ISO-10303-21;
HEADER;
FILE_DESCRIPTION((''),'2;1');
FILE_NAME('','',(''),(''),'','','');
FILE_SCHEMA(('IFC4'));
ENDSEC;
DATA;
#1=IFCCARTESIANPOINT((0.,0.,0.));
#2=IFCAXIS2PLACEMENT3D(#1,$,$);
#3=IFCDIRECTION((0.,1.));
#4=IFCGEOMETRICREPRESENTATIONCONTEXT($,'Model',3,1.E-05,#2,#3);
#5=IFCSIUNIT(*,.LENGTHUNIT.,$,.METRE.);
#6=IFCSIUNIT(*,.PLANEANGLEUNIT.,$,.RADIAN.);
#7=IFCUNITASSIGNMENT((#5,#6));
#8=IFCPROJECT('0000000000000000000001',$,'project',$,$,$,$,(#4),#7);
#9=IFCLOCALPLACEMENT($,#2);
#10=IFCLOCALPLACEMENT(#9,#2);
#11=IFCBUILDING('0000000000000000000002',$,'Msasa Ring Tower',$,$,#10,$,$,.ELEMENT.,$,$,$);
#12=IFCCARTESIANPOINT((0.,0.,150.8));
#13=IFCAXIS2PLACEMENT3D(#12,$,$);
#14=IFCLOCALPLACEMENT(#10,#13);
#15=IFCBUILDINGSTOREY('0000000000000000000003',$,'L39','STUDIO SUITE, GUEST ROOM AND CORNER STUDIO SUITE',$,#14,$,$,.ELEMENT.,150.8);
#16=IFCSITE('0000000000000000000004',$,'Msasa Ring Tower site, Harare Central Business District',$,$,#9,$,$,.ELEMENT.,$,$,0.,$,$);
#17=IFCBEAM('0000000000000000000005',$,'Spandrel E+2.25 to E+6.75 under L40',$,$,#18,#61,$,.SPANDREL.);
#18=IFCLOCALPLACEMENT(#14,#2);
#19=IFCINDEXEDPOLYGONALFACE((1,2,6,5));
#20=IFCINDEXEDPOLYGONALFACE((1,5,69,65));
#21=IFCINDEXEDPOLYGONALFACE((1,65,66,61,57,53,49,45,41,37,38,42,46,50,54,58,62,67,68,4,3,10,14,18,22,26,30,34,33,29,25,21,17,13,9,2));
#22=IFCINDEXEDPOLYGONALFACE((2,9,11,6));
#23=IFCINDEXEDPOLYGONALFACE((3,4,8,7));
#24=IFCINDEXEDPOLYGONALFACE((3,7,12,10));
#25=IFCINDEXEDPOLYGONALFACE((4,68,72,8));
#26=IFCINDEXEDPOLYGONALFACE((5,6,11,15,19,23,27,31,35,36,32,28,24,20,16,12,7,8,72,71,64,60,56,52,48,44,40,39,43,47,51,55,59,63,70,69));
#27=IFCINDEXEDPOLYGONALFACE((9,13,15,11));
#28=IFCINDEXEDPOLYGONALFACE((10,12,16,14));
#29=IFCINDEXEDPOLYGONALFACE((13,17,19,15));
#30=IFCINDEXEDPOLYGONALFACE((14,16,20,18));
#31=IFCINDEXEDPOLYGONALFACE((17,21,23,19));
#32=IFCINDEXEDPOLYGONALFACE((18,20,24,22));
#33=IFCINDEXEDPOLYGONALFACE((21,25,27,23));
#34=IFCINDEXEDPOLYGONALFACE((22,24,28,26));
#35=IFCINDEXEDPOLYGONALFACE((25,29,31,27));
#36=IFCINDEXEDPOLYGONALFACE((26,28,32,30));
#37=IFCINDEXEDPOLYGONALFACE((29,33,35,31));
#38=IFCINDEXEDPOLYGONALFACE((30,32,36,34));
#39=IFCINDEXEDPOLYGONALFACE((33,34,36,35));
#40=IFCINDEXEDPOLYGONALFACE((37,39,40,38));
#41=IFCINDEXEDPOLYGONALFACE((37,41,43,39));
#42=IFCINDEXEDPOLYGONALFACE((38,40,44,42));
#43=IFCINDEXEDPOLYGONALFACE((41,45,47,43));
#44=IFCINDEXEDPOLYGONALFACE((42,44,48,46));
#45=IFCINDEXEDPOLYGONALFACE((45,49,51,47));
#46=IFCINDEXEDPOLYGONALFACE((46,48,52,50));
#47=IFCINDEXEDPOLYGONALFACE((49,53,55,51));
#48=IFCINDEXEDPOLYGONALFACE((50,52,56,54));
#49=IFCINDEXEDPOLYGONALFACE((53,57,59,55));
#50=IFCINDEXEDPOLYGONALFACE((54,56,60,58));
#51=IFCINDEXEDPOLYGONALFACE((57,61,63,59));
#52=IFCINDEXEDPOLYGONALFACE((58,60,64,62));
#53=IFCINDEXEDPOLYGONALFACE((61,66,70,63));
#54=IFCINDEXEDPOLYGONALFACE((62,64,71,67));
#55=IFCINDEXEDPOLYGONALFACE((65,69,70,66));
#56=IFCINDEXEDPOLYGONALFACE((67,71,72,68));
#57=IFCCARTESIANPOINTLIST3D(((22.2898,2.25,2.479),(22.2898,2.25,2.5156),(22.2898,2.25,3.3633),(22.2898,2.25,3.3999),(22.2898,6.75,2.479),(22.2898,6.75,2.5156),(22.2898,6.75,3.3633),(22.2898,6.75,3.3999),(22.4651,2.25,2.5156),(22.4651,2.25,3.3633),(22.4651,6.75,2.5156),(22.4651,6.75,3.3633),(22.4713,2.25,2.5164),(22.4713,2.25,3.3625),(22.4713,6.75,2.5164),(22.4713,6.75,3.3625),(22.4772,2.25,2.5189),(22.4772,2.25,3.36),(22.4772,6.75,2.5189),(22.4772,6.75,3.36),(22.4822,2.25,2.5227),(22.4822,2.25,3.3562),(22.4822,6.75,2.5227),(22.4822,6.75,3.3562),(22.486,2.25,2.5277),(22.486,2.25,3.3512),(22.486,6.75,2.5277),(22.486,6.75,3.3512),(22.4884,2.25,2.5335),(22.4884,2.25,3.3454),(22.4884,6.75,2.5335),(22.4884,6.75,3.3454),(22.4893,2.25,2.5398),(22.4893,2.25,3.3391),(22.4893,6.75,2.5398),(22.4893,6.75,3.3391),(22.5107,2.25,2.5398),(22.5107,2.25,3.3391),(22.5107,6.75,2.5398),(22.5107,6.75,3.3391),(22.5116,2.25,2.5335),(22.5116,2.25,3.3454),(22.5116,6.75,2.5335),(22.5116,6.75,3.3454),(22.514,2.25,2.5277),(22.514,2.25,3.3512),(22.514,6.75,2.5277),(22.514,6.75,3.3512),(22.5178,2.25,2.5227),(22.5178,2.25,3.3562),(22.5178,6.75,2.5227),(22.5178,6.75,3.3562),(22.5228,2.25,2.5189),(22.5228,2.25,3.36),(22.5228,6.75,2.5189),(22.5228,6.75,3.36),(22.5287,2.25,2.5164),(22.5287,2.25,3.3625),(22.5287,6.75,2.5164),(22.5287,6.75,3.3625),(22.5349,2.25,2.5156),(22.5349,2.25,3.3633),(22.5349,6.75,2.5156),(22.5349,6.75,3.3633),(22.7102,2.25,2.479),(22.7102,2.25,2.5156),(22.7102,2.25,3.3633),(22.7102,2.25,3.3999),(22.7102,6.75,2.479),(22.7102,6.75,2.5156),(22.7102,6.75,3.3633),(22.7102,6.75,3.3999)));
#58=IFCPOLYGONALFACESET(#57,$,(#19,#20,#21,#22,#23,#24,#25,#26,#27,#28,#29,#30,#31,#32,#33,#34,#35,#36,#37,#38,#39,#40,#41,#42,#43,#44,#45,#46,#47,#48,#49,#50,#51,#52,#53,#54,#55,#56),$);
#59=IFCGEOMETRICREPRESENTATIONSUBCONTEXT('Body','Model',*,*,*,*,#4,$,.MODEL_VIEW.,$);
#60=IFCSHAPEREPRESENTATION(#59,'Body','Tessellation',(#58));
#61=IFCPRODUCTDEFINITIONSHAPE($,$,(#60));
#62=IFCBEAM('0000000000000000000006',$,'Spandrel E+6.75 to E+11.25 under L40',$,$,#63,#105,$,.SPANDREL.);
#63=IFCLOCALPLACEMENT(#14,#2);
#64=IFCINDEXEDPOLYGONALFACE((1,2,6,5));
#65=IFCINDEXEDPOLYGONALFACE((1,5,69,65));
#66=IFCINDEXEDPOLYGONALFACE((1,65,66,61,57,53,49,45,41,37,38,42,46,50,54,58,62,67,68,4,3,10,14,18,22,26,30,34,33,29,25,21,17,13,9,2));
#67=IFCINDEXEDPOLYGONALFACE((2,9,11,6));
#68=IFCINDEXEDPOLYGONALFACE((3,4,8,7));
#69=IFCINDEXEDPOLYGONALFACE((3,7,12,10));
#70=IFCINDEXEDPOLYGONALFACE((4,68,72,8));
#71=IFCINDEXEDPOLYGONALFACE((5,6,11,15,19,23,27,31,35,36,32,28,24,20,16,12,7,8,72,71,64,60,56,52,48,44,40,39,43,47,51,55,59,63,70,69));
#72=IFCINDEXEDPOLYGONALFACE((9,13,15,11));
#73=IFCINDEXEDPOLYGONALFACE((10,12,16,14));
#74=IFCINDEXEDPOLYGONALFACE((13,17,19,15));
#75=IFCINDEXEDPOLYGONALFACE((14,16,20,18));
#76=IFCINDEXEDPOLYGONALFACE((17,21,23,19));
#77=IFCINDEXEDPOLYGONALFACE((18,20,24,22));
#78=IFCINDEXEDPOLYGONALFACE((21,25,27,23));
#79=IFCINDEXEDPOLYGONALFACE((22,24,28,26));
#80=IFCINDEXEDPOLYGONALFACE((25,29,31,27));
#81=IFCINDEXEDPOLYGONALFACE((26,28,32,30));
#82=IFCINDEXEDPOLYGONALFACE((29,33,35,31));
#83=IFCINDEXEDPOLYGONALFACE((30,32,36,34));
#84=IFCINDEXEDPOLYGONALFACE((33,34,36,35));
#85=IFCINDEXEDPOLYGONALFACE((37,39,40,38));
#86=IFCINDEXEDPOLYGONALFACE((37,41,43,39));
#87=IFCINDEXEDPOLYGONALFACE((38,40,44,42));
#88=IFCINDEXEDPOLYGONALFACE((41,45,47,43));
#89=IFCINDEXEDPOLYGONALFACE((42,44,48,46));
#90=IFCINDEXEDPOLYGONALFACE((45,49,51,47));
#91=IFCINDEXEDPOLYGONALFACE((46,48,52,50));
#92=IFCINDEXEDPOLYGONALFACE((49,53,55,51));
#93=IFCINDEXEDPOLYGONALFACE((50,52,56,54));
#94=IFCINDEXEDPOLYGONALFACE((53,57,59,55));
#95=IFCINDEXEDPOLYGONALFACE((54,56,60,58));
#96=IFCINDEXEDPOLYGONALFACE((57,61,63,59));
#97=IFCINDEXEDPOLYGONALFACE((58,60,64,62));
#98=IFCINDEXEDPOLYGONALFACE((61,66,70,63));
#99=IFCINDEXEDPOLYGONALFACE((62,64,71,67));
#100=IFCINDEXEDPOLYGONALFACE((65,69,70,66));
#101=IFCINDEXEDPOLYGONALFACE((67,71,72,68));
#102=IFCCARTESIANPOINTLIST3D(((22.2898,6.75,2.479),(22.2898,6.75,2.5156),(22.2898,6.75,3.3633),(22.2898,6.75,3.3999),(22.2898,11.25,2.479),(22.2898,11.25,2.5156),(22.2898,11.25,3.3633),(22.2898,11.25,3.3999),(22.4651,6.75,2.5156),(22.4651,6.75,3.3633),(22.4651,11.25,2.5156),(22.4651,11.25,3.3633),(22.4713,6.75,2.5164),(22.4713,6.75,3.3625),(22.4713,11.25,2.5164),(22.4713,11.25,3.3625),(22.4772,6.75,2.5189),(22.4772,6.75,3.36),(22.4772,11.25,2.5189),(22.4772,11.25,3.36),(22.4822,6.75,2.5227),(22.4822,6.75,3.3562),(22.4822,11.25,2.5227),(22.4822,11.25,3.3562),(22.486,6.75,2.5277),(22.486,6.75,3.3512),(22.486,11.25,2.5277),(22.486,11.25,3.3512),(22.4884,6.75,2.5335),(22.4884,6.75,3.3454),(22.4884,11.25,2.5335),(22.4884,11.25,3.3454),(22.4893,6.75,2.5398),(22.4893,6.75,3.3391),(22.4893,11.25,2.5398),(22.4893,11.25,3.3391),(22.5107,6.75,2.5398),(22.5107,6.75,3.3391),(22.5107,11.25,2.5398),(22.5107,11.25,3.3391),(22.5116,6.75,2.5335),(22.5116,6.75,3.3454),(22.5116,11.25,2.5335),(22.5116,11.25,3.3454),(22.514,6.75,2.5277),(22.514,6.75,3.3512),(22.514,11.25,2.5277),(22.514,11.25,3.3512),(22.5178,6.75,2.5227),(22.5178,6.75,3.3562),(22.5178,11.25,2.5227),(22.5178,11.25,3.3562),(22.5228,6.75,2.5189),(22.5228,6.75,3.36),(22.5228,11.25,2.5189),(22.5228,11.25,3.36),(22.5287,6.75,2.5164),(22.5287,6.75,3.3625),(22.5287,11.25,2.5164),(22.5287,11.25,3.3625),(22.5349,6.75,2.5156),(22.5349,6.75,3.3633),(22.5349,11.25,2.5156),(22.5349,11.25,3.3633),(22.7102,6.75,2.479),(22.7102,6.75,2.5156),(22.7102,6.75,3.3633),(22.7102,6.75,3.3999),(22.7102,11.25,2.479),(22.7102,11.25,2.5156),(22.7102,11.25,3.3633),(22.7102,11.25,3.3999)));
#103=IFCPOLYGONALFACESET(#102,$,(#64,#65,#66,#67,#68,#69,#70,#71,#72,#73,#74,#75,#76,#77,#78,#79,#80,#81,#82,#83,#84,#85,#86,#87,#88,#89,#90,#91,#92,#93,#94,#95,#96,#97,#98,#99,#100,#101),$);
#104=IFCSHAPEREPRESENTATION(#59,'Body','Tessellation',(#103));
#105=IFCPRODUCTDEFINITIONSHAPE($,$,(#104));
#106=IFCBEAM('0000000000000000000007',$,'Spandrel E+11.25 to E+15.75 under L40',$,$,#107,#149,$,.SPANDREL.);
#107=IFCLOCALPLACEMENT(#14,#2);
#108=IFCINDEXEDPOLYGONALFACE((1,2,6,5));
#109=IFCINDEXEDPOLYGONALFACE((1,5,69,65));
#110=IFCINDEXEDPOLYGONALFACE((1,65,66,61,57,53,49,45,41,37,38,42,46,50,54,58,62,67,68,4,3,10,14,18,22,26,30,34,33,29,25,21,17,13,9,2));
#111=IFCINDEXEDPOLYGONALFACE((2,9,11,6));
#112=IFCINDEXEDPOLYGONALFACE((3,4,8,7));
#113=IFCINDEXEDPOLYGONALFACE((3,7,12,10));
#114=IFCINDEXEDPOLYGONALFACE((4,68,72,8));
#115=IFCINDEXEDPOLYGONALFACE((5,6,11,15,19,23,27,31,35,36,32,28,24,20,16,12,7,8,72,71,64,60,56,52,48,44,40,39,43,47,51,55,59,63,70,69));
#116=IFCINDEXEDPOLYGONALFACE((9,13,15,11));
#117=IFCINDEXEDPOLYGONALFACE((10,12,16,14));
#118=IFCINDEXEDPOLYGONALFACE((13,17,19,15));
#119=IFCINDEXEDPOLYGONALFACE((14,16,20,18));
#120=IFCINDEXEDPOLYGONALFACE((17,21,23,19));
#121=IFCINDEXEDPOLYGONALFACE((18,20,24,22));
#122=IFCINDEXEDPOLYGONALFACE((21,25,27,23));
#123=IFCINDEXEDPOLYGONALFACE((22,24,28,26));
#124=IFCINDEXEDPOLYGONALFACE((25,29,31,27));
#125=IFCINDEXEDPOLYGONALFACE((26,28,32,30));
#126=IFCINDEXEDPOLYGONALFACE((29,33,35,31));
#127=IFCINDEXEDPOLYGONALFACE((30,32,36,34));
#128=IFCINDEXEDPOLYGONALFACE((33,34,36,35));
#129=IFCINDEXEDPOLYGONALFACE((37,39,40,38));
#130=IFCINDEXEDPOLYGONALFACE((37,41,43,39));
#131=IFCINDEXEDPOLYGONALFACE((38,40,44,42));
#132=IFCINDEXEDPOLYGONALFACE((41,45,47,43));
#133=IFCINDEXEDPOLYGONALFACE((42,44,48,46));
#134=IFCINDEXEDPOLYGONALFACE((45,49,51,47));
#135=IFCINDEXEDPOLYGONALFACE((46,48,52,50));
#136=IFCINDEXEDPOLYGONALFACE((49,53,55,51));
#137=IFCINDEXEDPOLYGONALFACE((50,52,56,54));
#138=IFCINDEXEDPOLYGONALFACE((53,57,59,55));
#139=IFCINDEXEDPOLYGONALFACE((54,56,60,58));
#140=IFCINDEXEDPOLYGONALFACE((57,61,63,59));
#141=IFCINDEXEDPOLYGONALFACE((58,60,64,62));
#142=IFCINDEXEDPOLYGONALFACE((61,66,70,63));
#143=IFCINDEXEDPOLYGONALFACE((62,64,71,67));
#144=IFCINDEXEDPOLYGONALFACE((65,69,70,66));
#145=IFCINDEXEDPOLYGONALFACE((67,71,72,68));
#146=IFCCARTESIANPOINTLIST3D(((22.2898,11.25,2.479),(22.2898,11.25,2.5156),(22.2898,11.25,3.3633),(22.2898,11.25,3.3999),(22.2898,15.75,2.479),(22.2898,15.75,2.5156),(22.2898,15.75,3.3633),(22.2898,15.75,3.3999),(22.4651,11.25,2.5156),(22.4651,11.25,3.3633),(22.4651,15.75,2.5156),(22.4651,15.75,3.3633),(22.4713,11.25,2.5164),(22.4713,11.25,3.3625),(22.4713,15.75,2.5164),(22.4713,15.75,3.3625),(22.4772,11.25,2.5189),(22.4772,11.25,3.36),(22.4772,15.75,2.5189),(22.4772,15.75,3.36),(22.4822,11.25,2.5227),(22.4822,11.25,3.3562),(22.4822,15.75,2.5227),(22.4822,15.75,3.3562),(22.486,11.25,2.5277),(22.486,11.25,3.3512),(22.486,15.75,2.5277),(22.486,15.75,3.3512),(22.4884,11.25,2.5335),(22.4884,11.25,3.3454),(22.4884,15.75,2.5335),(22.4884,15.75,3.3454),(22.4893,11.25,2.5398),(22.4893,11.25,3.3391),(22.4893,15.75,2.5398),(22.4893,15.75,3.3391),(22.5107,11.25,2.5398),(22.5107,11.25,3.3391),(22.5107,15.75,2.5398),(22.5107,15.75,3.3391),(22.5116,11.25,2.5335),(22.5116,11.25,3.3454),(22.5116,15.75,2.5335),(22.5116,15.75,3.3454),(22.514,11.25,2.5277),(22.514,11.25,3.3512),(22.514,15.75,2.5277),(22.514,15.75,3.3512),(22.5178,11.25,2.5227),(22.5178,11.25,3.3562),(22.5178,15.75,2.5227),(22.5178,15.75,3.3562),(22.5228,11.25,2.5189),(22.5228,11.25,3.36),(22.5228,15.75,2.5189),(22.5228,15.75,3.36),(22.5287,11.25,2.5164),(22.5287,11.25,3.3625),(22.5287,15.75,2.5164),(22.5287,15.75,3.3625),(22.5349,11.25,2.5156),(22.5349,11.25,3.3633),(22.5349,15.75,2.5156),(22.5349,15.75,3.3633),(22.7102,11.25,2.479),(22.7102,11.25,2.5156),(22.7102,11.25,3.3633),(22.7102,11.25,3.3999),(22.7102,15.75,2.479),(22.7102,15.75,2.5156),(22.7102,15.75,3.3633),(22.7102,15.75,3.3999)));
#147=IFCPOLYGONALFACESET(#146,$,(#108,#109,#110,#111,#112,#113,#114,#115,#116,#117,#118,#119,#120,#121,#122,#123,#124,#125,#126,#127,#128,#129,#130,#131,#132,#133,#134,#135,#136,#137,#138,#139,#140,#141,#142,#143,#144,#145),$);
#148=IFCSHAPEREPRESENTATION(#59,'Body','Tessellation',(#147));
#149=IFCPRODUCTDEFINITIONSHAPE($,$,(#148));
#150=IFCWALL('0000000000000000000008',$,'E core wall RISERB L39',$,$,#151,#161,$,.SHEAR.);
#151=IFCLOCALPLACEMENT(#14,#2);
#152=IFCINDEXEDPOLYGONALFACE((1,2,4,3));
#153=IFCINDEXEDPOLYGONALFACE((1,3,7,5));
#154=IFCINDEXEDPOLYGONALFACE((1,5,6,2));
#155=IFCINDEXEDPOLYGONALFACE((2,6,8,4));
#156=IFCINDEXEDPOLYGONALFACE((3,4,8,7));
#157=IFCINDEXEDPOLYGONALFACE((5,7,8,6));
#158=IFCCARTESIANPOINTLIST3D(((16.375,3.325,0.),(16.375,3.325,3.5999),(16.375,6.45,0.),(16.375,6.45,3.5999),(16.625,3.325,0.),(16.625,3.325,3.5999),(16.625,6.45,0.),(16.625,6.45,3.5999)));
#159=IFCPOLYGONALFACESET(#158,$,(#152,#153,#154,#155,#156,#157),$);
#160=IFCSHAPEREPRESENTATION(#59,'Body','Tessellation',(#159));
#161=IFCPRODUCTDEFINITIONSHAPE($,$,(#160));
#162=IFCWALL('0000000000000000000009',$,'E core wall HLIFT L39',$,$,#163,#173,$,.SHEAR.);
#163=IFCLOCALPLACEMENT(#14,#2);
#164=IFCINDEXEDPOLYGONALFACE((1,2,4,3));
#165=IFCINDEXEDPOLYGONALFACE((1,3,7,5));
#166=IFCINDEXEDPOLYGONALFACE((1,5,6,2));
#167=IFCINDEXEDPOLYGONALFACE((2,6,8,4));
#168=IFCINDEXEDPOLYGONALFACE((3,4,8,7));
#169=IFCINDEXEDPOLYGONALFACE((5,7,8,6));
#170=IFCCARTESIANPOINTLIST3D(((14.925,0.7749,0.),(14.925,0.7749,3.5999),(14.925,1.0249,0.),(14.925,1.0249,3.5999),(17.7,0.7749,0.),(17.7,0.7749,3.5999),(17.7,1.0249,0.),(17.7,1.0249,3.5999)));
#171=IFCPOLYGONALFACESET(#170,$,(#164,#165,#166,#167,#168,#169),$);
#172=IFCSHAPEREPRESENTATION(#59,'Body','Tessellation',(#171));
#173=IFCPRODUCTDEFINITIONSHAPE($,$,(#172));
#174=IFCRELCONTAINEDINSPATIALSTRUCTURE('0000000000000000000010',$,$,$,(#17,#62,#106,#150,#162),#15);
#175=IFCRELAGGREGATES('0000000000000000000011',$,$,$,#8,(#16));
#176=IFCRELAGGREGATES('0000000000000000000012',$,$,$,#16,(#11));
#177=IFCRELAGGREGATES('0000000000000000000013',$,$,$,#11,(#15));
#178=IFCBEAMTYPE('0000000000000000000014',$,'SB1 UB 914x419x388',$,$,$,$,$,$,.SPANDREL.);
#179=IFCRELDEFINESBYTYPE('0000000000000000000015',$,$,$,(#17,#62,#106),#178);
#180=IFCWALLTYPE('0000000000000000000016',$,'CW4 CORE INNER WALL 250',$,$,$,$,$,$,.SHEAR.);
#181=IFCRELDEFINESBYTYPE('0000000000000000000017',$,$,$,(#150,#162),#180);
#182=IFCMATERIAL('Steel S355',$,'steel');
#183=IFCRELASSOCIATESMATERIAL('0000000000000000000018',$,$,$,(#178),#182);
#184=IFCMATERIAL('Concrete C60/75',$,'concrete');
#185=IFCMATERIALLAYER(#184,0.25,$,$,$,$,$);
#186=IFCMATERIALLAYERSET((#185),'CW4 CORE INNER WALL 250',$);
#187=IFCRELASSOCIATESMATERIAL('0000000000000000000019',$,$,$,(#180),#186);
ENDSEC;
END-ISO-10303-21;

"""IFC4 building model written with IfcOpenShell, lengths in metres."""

from ifc_helpers import new_model, si_unit, direction, frame, frame_2d, origin, origin_2d, place, context, subcontext, project, spatial, rectangle, i_section, extrude, material, layer, layer_set, material_profile, profile_set, type_object, element, save


model = new_model("IFC4")

# Units and contexts
model_context = context("Model", 3, precision=1e-05, world=origin(), true_north=direction((0.0, 1.0)))
body_context = subcontext(model_context, "Body", "Model", "MODEL_VIEW")
ifc_project = project(units=[si_unit("LENGTHUNIT", "METRE"), si_unit("PLANEANGLEUNIT", "RADIAN")], contexts=[model_context])

# Site, building, storey
site_placement = place(None, origin())
site = spatial("IfcSite", under=ifc_project, at=site_placement, Name="Msasa Ring Tower site, Harare Central Business District", CompositionType="ELEMENT", RefElevation=0.0)
building_placement = place(site_placement, origin())
building = spatial("IfcBuilding", under=site, at=building_placement, Name="Msasa Ring Tower", CompositionType="ELEMENT")
storey_placement = place(building_placement, frame((0.0, 0.0, 150.8)))
storey = spatial("IfcBuildingStorey", under=building, at=storey_placement, Name="L39", Description="STUDIO SUITE, GUEST ROOM AND CORNER STUDIO SUITE", CompositionType="ELEMENT", Elevation=150.8)

# Beams
ifc_material_1 = material(Name="Steel S355", Category="steel")
ifc_material_profile_1 = material_profile(ifc_material_1, i_section(OverallWidth=0.4204, OverallDepth=0.9209, WebThickness=0.0215, FlangeThickness=0.0366, FilletRadius=0.0242, at=origin_2d()), Name="UB 914x419x388")
ifc_profile_set_1 = profile_set([ifc_material_profile_1], Name="Steel S355")
beam_type_1 = type_object("IfcBeamType", Name="SB1 UB 914x419x388", PredefinedType="SPANDREL", material=ifc_profile_set_1)
for number, where, z_axis, x_axis, name in (
    (1, (22.5, 2.25, 2.9395), (0.0, 1.0, 0.0), (-1.0, 0.0, 0.0), "Spandrel E+2.25 to E+6.75 under L40"),
    (2, (22.5, 6.75, 2.9395), (0.0, 1.0, 0.0), (-1.0, 0.0, 0.0), "Spandrel E+6.75 to E+11.25 under L40"),
    (3, (22.5, 11.25, 2.9395), (0.0, 1.0, 0.0), (-1.0, 0.0, 0.0), "Spandrel E+11.25 to E+15.75 under L40"),
):
    element("IfcBeam", number, at=place(storey_placement, frame(where, z_axis=z_axis, x_axis=x_axis)), inside=storey, type_object=beam_type_1, Name=name, PredefinedType="SPANDREL", context=body_context, shape_type="SweptSolid", body=[
        extrude(i_section(OverallWidth=0.4204, OverallDepth=0.9209, WebThickness=0.0215, FlangeThickness=0.0366, FilletRadius=0.0242, at=origin_2d()), origin(), (0.0, 0.0, 1.0), 4.5),
    ])

# Walls
ifc_material_2 = material(Name="Concrete C60/75", Category="concrete")
ifc_layer_1 = layer(ifc_material_2, 0.25)
ifc_layer_set_1 = layer_set([ifc_layer_1], Name="CW4 CORE INNER WALL 250")
wall_type_1 = type_object("IfcWallType", Name="CW4 CORE INNER WALL 250", PredefinedType="SHEAR", material=ifc_layer_set_1)
wall_1_placement = place(storey_placement, frame((16.5, 3.325, 0.0), z_axis=(0.0, 0.0, 1.0), x_axis=(0.0, 1.0, 0.0)))
element("IfcWall", 4, at=wall_1_placement, inside=storey, type_object=wall_type_1, Name="E core wall RISERB L39", PredefinedType="SHEAR", context=body_context, shape_type="SweptSolid", body=[
    extrude(rectangle(XDim=3.125, YDim=0.25, at=frame_2d((1.5625, 0.0))), origin(), (0.0, 0.0, 1.0), 3.5999),
])
wall_2_placement = place(storey_placement, frame((14.925, 0.8999, 0.0), z_axis=(0.0, 0.0, 1.0), x_axis=(1.0, 0.0, 0.0)))
element("IfcWall", 5, at=wall_2_placement, inside=storey, type_object=wall_type_1, Name="E core wall HLIFT L39", PredefinedType="SHEAR", context=body_context, shape_type="SweptSolid", body=[
    extrude(rectangle(XDim=2.7749, YDim=0.25, at=frame_2d((1.3875, 0.0))), origin(), (0.0, 0.0, 1.0), 3.5999),
])

save(model, "model.ifc")
